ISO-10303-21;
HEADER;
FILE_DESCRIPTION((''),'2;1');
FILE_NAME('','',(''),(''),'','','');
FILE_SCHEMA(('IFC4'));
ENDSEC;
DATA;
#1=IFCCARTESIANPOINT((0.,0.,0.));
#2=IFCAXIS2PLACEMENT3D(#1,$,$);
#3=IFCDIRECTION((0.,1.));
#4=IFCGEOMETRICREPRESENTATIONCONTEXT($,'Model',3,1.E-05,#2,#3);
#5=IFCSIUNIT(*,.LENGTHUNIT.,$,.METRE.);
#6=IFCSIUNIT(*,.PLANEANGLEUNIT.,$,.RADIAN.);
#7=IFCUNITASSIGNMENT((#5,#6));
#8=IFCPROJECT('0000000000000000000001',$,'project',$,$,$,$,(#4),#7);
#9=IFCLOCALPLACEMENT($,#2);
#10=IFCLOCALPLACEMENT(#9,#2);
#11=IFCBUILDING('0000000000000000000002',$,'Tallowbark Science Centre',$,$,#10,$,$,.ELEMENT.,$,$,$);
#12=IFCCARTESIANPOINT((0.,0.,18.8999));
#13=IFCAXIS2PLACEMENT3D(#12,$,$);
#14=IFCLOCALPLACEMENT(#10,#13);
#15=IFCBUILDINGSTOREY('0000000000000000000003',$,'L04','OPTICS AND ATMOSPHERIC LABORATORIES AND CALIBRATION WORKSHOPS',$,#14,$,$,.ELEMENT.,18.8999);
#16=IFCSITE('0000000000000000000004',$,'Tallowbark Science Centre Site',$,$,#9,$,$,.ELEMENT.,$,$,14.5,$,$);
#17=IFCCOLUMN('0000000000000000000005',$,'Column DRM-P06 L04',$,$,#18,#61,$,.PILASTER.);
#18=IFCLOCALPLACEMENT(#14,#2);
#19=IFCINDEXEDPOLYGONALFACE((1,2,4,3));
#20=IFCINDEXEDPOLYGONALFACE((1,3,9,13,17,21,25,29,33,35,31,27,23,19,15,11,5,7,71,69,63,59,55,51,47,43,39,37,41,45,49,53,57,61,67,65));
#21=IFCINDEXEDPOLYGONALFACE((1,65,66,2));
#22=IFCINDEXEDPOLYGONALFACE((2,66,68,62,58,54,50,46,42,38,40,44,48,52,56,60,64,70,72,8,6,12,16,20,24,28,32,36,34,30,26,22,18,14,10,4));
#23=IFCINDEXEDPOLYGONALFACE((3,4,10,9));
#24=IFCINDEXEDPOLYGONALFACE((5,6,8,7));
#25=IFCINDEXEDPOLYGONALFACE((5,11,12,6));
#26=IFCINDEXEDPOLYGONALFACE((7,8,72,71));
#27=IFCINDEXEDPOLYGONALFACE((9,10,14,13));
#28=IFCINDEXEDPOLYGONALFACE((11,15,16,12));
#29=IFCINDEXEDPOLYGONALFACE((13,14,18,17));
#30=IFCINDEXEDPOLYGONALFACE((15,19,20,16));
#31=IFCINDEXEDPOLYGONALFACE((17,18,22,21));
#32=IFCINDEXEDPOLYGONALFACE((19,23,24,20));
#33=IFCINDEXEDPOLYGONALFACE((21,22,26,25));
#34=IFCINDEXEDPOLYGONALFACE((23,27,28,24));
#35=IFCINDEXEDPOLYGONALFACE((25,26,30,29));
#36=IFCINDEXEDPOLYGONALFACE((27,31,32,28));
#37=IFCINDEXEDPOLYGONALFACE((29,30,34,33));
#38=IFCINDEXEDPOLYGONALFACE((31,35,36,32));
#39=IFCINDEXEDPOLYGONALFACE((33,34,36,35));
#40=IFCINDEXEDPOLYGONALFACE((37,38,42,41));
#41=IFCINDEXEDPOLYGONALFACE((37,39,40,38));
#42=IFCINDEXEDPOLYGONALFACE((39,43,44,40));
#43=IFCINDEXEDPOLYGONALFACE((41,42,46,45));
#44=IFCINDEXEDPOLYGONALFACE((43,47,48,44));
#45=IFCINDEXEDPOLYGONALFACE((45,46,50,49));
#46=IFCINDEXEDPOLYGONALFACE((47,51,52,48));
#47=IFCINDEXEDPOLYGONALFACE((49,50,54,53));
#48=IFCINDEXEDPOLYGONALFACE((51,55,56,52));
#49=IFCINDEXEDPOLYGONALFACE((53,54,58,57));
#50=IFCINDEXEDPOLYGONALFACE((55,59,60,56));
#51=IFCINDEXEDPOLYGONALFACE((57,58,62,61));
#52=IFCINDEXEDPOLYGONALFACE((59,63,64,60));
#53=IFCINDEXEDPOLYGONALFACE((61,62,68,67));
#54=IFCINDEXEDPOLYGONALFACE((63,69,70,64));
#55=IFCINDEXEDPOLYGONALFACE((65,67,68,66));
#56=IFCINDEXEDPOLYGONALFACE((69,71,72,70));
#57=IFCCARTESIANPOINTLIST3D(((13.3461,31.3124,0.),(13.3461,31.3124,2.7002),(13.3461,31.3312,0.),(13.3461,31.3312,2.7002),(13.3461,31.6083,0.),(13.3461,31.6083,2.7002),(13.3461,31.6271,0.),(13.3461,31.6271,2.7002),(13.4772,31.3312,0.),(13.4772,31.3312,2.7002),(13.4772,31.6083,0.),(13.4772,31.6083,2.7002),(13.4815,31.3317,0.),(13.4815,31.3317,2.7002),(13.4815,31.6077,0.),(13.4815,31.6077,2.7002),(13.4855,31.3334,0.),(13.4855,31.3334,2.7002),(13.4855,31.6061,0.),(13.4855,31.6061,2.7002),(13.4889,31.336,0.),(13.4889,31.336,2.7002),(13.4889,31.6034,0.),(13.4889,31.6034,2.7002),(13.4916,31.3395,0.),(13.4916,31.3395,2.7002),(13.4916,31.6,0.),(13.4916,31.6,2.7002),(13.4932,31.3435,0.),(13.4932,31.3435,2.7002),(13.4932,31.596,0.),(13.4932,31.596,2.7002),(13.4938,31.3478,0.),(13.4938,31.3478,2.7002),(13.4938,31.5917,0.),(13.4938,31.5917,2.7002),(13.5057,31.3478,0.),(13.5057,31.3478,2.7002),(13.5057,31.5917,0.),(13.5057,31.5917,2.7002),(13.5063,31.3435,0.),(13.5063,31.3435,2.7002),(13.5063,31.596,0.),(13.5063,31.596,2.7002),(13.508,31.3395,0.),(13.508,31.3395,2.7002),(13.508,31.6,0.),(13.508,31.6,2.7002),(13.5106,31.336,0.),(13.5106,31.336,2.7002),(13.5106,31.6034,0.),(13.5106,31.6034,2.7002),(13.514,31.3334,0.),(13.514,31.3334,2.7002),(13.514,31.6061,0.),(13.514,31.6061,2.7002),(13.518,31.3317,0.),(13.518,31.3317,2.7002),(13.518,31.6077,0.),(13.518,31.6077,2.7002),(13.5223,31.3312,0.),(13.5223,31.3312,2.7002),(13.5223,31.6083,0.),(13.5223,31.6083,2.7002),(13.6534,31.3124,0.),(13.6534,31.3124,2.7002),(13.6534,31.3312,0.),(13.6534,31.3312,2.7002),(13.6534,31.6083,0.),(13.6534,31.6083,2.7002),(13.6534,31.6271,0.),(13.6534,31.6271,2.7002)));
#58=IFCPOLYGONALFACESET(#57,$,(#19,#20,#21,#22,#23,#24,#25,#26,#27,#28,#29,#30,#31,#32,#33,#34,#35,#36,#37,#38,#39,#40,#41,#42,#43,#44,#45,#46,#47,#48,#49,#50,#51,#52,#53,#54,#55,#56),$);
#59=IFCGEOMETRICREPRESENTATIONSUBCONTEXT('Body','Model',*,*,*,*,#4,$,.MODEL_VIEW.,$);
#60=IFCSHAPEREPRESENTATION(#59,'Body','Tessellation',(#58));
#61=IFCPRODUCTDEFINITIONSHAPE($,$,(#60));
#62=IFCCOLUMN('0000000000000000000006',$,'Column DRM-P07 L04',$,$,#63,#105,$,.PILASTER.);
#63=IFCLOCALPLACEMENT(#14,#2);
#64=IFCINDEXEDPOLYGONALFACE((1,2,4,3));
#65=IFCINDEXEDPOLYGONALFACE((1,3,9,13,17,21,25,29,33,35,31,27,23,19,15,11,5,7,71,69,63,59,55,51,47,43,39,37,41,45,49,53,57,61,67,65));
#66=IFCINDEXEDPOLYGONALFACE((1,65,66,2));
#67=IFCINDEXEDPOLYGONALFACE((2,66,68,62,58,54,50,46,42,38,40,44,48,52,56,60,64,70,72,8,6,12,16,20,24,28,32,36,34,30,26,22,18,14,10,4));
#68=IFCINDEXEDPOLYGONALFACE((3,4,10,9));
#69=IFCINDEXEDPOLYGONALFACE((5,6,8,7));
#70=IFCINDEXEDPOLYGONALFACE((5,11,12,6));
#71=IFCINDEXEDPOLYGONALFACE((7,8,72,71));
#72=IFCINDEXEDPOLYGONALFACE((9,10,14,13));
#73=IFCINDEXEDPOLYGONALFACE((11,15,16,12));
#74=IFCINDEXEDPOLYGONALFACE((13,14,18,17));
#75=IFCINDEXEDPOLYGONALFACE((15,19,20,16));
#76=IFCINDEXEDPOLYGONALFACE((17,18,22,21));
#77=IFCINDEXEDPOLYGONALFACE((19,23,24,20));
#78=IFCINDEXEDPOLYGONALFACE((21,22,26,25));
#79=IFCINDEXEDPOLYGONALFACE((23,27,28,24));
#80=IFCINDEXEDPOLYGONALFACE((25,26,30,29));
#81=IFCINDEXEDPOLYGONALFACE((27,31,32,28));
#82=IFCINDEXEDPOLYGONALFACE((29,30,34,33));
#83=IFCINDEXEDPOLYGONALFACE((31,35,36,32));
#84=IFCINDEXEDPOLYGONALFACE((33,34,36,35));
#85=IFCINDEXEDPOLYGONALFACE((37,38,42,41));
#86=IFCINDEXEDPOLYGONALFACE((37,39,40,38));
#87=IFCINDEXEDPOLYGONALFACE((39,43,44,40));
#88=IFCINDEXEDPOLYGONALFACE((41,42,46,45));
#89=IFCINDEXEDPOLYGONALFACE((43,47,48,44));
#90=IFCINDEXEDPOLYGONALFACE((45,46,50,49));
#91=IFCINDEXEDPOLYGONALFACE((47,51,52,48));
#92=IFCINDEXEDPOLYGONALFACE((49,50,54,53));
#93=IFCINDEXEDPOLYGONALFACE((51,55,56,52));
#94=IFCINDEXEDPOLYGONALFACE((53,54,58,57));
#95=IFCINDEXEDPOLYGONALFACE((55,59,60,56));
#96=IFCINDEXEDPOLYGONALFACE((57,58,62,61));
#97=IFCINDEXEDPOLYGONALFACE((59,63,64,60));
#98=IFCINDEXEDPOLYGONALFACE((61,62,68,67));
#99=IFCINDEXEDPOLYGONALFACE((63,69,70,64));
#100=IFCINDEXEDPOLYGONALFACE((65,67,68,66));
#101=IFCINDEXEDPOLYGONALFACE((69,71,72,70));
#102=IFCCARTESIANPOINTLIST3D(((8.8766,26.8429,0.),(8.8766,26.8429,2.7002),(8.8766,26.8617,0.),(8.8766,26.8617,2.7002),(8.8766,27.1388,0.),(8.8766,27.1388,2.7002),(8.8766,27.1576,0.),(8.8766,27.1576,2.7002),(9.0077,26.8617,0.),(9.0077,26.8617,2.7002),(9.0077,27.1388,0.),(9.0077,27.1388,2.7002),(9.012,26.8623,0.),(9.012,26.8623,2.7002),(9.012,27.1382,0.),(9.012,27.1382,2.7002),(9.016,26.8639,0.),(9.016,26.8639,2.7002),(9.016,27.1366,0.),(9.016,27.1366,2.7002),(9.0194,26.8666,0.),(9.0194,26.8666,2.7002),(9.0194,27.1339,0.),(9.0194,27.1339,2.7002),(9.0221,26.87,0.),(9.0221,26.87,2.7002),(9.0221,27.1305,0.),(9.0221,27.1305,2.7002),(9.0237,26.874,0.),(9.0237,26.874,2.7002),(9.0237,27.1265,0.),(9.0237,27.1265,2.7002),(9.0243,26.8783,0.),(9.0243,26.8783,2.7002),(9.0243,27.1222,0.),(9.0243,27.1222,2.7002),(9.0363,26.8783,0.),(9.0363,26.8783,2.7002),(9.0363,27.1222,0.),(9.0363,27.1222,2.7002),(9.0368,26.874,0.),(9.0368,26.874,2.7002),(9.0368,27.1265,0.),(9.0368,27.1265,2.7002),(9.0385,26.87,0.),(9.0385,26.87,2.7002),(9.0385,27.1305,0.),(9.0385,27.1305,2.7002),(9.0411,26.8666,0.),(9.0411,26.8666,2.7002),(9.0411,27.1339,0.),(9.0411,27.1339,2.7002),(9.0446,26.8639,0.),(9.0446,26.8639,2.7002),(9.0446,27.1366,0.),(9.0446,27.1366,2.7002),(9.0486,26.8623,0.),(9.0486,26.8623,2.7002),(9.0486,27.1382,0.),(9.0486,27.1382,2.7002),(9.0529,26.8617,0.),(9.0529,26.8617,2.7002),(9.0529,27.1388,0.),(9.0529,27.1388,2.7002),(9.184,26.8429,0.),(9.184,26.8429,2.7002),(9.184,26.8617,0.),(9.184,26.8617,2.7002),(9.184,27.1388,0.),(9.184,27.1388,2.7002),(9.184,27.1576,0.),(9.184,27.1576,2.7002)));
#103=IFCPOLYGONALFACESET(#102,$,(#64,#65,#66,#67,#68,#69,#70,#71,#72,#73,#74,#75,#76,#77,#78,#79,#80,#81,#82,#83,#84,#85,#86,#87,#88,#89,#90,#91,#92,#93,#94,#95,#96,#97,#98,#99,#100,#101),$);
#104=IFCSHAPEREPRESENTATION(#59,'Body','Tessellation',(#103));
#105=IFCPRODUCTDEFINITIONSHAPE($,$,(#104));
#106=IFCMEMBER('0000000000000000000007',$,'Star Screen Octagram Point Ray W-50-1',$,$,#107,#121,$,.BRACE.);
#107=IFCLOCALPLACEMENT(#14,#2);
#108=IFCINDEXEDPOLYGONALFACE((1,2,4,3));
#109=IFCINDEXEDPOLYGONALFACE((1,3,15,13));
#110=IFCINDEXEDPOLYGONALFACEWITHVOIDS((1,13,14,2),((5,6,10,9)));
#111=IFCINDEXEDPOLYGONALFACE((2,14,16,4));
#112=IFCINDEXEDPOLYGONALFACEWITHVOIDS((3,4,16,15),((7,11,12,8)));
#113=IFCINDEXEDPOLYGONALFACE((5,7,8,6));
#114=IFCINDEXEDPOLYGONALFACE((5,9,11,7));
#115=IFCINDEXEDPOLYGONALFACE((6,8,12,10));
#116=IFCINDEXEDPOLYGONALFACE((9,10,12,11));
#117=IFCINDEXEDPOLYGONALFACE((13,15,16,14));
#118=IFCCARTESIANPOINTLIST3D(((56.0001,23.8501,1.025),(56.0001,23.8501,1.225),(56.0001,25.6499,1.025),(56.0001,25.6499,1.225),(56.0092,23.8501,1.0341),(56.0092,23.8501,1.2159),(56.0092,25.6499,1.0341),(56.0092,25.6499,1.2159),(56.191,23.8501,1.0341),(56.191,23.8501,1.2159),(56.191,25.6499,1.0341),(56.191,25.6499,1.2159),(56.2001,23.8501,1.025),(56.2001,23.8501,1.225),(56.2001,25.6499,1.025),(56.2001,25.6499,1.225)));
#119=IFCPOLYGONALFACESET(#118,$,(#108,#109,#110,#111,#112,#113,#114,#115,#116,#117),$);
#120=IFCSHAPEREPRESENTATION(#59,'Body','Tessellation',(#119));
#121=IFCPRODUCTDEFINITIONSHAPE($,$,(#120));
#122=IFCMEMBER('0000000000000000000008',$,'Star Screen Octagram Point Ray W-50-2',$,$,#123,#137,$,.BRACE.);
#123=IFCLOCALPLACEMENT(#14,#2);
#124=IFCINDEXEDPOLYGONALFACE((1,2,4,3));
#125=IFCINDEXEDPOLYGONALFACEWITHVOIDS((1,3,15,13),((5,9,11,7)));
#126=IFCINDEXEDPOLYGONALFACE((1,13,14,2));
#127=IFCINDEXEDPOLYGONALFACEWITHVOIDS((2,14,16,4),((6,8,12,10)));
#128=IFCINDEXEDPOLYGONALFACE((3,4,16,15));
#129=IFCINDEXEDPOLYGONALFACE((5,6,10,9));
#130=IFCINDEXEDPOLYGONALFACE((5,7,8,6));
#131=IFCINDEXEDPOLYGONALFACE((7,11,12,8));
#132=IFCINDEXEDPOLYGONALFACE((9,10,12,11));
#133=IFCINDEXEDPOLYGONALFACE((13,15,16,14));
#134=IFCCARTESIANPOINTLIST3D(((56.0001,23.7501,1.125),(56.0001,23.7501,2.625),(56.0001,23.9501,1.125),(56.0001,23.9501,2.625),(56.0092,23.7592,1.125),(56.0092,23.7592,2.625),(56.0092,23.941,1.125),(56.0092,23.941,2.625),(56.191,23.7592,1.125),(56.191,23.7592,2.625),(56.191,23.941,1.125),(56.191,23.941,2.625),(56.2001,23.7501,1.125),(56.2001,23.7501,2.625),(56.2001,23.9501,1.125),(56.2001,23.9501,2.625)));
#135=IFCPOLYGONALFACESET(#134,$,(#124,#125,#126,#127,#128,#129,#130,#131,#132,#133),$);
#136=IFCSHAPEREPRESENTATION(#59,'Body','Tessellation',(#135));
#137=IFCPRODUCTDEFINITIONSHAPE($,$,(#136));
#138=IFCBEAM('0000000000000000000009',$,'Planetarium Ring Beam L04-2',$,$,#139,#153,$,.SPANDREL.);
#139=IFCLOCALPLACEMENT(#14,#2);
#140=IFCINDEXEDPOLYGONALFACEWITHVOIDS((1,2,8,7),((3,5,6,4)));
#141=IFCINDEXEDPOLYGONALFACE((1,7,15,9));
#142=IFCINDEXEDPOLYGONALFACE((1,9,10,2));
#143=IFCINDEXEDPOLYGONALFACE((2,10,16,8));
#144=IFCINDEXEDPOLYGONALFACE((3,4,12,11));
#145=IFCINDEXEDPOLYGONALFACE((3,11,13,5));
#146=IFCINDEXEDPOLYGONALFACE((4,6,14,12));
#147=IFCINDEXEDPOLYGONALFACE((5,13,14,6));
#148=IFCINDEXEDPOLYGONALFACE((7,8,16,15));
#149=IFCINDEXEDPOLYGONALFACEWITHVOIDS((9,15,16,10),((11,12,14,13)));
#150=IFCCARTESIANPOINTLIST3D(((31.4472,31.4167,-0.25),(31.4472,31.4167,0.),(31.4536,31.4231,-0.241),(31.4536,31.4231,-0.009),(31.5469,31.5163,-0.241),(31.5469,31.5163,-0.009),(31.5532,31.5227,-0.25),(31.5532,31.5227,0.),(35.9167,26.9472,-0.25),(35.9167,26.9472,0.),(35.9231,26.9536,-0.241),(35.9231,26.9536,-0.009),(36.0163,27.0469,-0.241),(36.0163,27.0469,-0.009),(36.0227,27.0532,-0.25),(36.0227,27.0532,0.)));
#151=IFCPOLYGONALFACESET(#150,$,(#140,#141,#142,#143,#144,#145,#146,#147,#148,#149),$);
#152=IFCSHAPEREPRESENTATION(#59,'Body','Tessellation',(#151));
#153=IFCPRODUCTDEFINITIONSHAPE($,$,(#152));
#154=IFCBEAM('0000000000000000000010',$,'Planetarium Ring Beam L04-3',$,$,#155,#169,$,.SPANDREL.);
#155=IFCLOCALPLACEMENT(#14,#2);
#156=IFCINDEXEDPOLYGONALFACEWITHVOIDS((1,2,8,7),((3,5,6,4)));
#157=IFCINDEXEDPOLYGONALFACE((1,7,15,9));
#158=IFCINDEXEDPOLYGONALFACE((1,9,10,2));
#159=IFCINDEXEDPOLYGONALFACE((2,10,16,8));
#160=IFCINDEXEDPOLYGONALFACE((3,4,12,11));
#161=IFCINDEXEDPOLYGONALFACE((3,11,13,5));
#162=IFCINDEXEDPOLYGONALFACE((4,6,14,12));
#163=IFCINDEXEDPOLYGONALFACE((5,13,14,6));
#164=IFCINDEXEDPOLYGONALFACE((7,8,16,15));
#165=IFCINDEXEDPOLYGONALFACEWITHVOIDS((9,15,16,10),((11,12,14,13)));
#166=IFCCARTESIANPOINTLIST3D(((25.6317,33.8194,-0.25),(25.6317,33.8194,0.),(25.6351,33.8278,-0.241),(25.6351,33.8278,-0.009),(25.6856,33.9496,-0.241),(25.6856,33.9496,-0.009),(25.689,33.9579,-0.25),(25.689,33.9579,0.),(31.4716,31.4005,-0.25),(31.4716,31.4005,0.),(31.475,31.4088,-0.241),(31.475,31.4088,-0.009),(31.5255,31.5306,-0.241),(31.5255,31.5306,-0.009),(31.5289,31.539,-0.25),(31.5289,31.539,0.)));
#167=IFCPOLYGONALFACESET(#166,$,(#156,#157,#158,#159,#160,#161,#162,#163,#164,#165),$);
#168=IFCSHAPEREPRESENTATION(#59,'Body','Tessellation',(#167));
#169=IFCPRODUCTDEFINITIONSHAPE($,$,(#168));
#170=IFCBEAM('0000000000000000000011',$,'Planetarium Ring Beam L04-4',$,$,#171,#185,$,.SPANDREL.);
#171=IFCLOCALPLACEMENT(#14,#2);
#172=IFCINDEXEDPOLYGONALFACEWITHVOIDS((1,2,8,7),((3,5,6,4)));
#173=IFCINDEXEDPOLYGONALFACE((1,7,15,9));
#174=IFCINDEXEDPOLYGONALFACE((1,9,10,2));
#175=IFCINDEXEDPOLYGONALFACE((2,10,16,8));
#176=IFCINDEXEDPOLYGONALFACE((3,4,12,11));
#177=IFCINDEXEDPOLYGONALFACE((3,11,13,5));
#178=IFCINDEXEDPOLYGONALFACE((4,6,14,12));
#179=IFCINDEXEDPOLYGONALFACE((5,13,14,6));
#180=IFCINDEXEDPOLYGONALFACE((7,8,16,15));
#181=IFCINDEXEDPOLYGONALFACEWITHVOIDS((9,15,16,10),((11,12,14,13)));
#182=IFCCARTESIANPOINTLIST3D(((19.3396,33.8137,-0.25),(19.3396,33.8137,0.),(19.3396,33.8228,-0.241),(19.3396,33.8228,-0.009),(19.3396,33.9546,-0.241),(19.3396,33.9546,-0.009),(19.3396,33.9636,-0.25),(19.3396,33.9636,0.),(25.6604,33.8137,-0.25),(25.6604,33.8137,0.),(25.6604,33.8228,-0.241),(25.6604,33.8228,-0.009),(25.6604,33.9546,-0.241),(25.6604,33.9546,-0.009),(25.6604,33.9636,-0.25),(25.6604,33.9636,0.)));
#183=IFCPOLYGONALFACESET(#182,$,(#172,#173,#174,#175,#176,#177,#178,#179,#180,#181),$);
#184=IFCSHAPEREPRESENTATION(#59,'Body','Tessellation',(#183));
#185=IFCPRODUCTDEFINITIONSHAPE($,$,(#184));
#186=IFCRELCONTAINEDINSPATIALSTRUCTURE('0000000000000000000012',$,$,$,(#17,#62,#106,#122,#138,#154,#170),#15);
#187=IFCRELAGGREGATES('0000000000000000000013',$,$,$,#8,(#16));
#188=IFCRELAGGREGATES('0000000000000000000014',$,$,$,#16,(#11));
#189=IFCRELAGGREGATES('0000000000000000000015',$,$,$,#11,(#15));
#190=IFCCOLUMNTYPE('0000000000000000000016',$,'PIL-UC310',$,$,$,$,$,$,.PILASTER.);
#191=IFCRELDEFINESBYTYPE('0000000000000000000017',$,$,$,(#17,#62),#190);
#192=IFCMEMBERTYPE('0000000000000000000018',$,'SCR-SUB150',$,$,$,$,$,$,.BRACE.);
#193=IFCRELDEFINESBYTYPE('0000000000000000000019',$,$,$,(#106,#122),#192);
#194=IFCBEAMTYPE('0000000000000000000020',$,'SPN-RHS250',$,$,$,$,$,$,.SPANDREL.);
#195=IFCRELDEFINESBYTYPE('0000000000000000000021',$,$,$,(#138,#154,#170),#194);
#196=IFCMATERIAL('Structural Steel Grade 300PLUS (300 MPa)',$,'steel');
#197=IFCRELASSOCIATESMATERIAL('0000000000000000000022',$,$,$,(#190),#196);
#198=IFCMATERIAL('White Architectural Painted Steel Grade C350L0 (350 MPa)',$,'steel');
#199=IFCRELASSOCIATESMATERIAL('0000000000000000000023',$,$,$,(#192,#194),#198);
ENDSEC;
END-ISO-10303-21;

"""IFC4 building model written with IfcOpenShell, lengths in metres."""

from ifc_helpers import new_model, si_unit, direction, frame, origin, origin_2d, place, context, subcontext, project, spatial, hollow_rectangle, i_section, extrude, material, material_profile, profile_set, type_object, element, save


model = new_model("IFC4")

# Units and contexts
model_context = context("Model", 3, precision=1e-05, world=origin(), true_north=direction((0.0, 1.0)))
body_context = subcontext(model_context, "Body", "Model", "MODEL_VIEW")
ifc_project = project(units=[si_unit("LENGTHUNIT", "METRE"), si_unit("PLANEANGLEUNIT", "RADIAN")], contexts=[model_context])

# Site, building, storey
site_placement = place(None, origin())
site = spatial("IfcSite", under=ifc_project, at=site_placement, Name="Tallowbark Science Centre Site", CompositionType="ELEMENT", RefElevation=14.5)
building_placement = place(site_placement, origin())
building = spatial("IfcBuilding", under=site, at=building_placement, Name="Tallowbark Science Centre", CompositionType="ELEMENT")
storey_placement = place(building_placement, frame((0.0, 0.0, 18.8999)))
storey = spatial("IfcBuildingStorey", under=building, at=storey_placement, Name="L04", Description="OPTICS AND ATMOSPHERIC LABORATORIES AND CALIBRATION WORKSHOPS", CompositionType="ELEMENT", Elevation=18.8999)

# Columns
ifc_material_1 = material(Name="Structural Steel Grade 300PLUS (300 MPa)", Category="steel")
ifc_material_profile_1 = material_profile(ifc_material_1, i_section(OverallWidth=0.3074, OverallDepth=0.3147, WebThickness=0.012, FlangeThickness=0.0188, FilletRadius=0.0166, at=origin_2d()), Name="310UC118")
ifc_profile_set_1 = profile_set([ifc_material_profile_1], Name="Structural Steel Grade 300PLUS (300 MPa)")
column_type = type_object("IfcColumnType", Name="PIL-UC310", PredefinedType="PILASTER", material=ifc_profile_set_1)
for number, where, z_axis, x_axis, name in (
    (1, (13.4998, 31.4697, 0.0), (0.0, 0.0, 1.0), (1.0, 0.0, 0.0), "Column DRM-P06 L04"),
    (2, (9.0303, 27.0002, 0.0), (0.0, 0.0, 1.0), (1.0, 0.0, 0.0), "Column DRM-P07 L04"),
):
    element("IfcColumn", number, at=place(storey_placement, frame(where, z_axis=z_axis, x_axis=x_axis)), inside=storey, type_object=column_type, Name=name, PredefinedType="PILASTER", context=body_context, shape_type="SweptSolid", body=[
        extrude(i_section(OverallWidth=0.3074, OverallDepth=0.3147, WebThickness=0.012, FlangeThickness=0.0188, FilletRadius=0.0166, at=origin_2d()), origin(), (0.0, 0.0, 1.0), 2.7002),
    ])

# Members
ifc_material_2 = material(Name="White Architectural Painted Steel Grade C350L0 (350 MPa)", Category="steel")
ifc_material_profile_2 = material_profile(ifc_material_2, hollow_rectangle(XDim=0.2, YDim=0.2, WallThickness=0.009, at=origin_2d()), Name="200x200x9.0SHS")
ifc_profile_set_2 = profile_set([ifc_material_profile_2], Name="White Architectural Painted Steel Grade C350L0 (350 MPa)")
member_type = type_object("IfcMemberType", Name="SCR-SUB150", PredefinedType="BRACE", material=ifc_profile_set_2)
member_1_placement = place(storey_placement, frame((56.1001, 23.8501, 1.125), z_axis=(0.0, 1.0, 0.0), x_axis=(-1.0, 0.0, 0.0)))
element("IfcMember", 3, at=member_1_placement, inside=storey, type_object=member_type, Name="Star Screen Octagram Point Ray W-50-1", PredefinedType="BRACE", context=body_context, shape_type="SweptSolid", body=[
    extrude(hollow_rectangle(XDim=0.2, YDim=0.2, WallThickness=0.009, at=origin_2d()), origin(), (0.0, 0.0, 1.0), 1.7998),
])
member_2_placement = place(storey_placement, frame((56.1001, 23.8501, 1.125), z_axis=(0.0, 0.0, 1.0), x_axis=(1.0, 0.0, 0.0)))
element("IfcMember", 4, at=member_2_placement, inside=storey, type_object=member_type, Name="Star Screen Octagram Point Ray W-50-2", PredefinedType="BRACE", context=body_context, shape_type="SweptSolid", body=[
    extrude(hollow_rectangle(XDim=0.2, YDim=0.2, WallThickness=0.009, at=origin_2d()), origin(), (0.0, 0.0, 1.0), 1.5),
])

# Beams
ifc_material_profile_3 = material_profile(ifc_material_2, hollow_rectangle(XDim=0.1499, YDim=0.25, WallThickness=0.009, at=origin_2d()), Name="250x150x9.0RHS")
ifc_profile_set_3 = profile_set([ifc_material_profile_3], Name="White Architectural Painted Steel Grade C350L0 (350 MPa)")
beam_type = type_object("IfcBeamType", Name="SPN-RHS250", PredefinedType="SPANDREL", material=ifc_profile_set_3)
beam_1_placement = place(storey_placement, frame((35.9697, 27.0002, -0.125), z_axis=(-0.707107, 0.707107, 0.0), x_axis=(-0.707107, -0.707107, 0.0)))
element("IfcBeam", 5, at=beam_1_placement, inside=storey, type_object=beam_type, Name="Planetarium Ring Beam L04-2", PredefinedType="SPANDREL", context=body_context, shape_type="SweptSolid", body=[
    extrude(hollow_rectangle(XDim=0.1499, YDim=0.25, WallThickness=0.009, at=origin_2d()), origin(), (0.0, 0.0, 1.0), 6.3208),
])
beam_2_placement = place(storey_placement, frame((31.5002, 31.4697, -0.125), z_axis=(-0.923879, 0.382684, 0.0), x_axis=(-0.382684, -0.923879, 0.0)))
element("IfcBeam", 6, at=beam_2_placement, inside=storey, type_object=beam_type, Name="Planetarium Ring Beam L04-3", PredefinedType="SPANDREL", context=body_context, shape_type="SweptSolid", body=[
    extrude(hollow_rectangle(XDim=0.1499, YDim=0.25, WallThickness=0.009, at=origin_2d()), origin(), (0.0, 0.0, 1.0), 6.321),
])
beam_3_placement = place(storey_placement, frame((25.6604, 33.8887, -0.125), z_axis=(-1.0, 0.0, 0.0), x_axis=(0.0, -1.0, 0.0)))
element("IfcBeam", 7, at=beam_3_placement, inside=storey, type_object=beam_type, Name="Planetarium Ring Beam L04-4", PredefinedType="SPANDREL", context=body_context, shape_type="SweptSolid", body=[
    extrude(hollow_rectangle(XDim=0.1499, YDim=0.25, WallThickness=0.009, at=origin_2d()), origin(), (0.0, 0.0, 1.0), 6.3208),
])

save(model, "model.ifc")
